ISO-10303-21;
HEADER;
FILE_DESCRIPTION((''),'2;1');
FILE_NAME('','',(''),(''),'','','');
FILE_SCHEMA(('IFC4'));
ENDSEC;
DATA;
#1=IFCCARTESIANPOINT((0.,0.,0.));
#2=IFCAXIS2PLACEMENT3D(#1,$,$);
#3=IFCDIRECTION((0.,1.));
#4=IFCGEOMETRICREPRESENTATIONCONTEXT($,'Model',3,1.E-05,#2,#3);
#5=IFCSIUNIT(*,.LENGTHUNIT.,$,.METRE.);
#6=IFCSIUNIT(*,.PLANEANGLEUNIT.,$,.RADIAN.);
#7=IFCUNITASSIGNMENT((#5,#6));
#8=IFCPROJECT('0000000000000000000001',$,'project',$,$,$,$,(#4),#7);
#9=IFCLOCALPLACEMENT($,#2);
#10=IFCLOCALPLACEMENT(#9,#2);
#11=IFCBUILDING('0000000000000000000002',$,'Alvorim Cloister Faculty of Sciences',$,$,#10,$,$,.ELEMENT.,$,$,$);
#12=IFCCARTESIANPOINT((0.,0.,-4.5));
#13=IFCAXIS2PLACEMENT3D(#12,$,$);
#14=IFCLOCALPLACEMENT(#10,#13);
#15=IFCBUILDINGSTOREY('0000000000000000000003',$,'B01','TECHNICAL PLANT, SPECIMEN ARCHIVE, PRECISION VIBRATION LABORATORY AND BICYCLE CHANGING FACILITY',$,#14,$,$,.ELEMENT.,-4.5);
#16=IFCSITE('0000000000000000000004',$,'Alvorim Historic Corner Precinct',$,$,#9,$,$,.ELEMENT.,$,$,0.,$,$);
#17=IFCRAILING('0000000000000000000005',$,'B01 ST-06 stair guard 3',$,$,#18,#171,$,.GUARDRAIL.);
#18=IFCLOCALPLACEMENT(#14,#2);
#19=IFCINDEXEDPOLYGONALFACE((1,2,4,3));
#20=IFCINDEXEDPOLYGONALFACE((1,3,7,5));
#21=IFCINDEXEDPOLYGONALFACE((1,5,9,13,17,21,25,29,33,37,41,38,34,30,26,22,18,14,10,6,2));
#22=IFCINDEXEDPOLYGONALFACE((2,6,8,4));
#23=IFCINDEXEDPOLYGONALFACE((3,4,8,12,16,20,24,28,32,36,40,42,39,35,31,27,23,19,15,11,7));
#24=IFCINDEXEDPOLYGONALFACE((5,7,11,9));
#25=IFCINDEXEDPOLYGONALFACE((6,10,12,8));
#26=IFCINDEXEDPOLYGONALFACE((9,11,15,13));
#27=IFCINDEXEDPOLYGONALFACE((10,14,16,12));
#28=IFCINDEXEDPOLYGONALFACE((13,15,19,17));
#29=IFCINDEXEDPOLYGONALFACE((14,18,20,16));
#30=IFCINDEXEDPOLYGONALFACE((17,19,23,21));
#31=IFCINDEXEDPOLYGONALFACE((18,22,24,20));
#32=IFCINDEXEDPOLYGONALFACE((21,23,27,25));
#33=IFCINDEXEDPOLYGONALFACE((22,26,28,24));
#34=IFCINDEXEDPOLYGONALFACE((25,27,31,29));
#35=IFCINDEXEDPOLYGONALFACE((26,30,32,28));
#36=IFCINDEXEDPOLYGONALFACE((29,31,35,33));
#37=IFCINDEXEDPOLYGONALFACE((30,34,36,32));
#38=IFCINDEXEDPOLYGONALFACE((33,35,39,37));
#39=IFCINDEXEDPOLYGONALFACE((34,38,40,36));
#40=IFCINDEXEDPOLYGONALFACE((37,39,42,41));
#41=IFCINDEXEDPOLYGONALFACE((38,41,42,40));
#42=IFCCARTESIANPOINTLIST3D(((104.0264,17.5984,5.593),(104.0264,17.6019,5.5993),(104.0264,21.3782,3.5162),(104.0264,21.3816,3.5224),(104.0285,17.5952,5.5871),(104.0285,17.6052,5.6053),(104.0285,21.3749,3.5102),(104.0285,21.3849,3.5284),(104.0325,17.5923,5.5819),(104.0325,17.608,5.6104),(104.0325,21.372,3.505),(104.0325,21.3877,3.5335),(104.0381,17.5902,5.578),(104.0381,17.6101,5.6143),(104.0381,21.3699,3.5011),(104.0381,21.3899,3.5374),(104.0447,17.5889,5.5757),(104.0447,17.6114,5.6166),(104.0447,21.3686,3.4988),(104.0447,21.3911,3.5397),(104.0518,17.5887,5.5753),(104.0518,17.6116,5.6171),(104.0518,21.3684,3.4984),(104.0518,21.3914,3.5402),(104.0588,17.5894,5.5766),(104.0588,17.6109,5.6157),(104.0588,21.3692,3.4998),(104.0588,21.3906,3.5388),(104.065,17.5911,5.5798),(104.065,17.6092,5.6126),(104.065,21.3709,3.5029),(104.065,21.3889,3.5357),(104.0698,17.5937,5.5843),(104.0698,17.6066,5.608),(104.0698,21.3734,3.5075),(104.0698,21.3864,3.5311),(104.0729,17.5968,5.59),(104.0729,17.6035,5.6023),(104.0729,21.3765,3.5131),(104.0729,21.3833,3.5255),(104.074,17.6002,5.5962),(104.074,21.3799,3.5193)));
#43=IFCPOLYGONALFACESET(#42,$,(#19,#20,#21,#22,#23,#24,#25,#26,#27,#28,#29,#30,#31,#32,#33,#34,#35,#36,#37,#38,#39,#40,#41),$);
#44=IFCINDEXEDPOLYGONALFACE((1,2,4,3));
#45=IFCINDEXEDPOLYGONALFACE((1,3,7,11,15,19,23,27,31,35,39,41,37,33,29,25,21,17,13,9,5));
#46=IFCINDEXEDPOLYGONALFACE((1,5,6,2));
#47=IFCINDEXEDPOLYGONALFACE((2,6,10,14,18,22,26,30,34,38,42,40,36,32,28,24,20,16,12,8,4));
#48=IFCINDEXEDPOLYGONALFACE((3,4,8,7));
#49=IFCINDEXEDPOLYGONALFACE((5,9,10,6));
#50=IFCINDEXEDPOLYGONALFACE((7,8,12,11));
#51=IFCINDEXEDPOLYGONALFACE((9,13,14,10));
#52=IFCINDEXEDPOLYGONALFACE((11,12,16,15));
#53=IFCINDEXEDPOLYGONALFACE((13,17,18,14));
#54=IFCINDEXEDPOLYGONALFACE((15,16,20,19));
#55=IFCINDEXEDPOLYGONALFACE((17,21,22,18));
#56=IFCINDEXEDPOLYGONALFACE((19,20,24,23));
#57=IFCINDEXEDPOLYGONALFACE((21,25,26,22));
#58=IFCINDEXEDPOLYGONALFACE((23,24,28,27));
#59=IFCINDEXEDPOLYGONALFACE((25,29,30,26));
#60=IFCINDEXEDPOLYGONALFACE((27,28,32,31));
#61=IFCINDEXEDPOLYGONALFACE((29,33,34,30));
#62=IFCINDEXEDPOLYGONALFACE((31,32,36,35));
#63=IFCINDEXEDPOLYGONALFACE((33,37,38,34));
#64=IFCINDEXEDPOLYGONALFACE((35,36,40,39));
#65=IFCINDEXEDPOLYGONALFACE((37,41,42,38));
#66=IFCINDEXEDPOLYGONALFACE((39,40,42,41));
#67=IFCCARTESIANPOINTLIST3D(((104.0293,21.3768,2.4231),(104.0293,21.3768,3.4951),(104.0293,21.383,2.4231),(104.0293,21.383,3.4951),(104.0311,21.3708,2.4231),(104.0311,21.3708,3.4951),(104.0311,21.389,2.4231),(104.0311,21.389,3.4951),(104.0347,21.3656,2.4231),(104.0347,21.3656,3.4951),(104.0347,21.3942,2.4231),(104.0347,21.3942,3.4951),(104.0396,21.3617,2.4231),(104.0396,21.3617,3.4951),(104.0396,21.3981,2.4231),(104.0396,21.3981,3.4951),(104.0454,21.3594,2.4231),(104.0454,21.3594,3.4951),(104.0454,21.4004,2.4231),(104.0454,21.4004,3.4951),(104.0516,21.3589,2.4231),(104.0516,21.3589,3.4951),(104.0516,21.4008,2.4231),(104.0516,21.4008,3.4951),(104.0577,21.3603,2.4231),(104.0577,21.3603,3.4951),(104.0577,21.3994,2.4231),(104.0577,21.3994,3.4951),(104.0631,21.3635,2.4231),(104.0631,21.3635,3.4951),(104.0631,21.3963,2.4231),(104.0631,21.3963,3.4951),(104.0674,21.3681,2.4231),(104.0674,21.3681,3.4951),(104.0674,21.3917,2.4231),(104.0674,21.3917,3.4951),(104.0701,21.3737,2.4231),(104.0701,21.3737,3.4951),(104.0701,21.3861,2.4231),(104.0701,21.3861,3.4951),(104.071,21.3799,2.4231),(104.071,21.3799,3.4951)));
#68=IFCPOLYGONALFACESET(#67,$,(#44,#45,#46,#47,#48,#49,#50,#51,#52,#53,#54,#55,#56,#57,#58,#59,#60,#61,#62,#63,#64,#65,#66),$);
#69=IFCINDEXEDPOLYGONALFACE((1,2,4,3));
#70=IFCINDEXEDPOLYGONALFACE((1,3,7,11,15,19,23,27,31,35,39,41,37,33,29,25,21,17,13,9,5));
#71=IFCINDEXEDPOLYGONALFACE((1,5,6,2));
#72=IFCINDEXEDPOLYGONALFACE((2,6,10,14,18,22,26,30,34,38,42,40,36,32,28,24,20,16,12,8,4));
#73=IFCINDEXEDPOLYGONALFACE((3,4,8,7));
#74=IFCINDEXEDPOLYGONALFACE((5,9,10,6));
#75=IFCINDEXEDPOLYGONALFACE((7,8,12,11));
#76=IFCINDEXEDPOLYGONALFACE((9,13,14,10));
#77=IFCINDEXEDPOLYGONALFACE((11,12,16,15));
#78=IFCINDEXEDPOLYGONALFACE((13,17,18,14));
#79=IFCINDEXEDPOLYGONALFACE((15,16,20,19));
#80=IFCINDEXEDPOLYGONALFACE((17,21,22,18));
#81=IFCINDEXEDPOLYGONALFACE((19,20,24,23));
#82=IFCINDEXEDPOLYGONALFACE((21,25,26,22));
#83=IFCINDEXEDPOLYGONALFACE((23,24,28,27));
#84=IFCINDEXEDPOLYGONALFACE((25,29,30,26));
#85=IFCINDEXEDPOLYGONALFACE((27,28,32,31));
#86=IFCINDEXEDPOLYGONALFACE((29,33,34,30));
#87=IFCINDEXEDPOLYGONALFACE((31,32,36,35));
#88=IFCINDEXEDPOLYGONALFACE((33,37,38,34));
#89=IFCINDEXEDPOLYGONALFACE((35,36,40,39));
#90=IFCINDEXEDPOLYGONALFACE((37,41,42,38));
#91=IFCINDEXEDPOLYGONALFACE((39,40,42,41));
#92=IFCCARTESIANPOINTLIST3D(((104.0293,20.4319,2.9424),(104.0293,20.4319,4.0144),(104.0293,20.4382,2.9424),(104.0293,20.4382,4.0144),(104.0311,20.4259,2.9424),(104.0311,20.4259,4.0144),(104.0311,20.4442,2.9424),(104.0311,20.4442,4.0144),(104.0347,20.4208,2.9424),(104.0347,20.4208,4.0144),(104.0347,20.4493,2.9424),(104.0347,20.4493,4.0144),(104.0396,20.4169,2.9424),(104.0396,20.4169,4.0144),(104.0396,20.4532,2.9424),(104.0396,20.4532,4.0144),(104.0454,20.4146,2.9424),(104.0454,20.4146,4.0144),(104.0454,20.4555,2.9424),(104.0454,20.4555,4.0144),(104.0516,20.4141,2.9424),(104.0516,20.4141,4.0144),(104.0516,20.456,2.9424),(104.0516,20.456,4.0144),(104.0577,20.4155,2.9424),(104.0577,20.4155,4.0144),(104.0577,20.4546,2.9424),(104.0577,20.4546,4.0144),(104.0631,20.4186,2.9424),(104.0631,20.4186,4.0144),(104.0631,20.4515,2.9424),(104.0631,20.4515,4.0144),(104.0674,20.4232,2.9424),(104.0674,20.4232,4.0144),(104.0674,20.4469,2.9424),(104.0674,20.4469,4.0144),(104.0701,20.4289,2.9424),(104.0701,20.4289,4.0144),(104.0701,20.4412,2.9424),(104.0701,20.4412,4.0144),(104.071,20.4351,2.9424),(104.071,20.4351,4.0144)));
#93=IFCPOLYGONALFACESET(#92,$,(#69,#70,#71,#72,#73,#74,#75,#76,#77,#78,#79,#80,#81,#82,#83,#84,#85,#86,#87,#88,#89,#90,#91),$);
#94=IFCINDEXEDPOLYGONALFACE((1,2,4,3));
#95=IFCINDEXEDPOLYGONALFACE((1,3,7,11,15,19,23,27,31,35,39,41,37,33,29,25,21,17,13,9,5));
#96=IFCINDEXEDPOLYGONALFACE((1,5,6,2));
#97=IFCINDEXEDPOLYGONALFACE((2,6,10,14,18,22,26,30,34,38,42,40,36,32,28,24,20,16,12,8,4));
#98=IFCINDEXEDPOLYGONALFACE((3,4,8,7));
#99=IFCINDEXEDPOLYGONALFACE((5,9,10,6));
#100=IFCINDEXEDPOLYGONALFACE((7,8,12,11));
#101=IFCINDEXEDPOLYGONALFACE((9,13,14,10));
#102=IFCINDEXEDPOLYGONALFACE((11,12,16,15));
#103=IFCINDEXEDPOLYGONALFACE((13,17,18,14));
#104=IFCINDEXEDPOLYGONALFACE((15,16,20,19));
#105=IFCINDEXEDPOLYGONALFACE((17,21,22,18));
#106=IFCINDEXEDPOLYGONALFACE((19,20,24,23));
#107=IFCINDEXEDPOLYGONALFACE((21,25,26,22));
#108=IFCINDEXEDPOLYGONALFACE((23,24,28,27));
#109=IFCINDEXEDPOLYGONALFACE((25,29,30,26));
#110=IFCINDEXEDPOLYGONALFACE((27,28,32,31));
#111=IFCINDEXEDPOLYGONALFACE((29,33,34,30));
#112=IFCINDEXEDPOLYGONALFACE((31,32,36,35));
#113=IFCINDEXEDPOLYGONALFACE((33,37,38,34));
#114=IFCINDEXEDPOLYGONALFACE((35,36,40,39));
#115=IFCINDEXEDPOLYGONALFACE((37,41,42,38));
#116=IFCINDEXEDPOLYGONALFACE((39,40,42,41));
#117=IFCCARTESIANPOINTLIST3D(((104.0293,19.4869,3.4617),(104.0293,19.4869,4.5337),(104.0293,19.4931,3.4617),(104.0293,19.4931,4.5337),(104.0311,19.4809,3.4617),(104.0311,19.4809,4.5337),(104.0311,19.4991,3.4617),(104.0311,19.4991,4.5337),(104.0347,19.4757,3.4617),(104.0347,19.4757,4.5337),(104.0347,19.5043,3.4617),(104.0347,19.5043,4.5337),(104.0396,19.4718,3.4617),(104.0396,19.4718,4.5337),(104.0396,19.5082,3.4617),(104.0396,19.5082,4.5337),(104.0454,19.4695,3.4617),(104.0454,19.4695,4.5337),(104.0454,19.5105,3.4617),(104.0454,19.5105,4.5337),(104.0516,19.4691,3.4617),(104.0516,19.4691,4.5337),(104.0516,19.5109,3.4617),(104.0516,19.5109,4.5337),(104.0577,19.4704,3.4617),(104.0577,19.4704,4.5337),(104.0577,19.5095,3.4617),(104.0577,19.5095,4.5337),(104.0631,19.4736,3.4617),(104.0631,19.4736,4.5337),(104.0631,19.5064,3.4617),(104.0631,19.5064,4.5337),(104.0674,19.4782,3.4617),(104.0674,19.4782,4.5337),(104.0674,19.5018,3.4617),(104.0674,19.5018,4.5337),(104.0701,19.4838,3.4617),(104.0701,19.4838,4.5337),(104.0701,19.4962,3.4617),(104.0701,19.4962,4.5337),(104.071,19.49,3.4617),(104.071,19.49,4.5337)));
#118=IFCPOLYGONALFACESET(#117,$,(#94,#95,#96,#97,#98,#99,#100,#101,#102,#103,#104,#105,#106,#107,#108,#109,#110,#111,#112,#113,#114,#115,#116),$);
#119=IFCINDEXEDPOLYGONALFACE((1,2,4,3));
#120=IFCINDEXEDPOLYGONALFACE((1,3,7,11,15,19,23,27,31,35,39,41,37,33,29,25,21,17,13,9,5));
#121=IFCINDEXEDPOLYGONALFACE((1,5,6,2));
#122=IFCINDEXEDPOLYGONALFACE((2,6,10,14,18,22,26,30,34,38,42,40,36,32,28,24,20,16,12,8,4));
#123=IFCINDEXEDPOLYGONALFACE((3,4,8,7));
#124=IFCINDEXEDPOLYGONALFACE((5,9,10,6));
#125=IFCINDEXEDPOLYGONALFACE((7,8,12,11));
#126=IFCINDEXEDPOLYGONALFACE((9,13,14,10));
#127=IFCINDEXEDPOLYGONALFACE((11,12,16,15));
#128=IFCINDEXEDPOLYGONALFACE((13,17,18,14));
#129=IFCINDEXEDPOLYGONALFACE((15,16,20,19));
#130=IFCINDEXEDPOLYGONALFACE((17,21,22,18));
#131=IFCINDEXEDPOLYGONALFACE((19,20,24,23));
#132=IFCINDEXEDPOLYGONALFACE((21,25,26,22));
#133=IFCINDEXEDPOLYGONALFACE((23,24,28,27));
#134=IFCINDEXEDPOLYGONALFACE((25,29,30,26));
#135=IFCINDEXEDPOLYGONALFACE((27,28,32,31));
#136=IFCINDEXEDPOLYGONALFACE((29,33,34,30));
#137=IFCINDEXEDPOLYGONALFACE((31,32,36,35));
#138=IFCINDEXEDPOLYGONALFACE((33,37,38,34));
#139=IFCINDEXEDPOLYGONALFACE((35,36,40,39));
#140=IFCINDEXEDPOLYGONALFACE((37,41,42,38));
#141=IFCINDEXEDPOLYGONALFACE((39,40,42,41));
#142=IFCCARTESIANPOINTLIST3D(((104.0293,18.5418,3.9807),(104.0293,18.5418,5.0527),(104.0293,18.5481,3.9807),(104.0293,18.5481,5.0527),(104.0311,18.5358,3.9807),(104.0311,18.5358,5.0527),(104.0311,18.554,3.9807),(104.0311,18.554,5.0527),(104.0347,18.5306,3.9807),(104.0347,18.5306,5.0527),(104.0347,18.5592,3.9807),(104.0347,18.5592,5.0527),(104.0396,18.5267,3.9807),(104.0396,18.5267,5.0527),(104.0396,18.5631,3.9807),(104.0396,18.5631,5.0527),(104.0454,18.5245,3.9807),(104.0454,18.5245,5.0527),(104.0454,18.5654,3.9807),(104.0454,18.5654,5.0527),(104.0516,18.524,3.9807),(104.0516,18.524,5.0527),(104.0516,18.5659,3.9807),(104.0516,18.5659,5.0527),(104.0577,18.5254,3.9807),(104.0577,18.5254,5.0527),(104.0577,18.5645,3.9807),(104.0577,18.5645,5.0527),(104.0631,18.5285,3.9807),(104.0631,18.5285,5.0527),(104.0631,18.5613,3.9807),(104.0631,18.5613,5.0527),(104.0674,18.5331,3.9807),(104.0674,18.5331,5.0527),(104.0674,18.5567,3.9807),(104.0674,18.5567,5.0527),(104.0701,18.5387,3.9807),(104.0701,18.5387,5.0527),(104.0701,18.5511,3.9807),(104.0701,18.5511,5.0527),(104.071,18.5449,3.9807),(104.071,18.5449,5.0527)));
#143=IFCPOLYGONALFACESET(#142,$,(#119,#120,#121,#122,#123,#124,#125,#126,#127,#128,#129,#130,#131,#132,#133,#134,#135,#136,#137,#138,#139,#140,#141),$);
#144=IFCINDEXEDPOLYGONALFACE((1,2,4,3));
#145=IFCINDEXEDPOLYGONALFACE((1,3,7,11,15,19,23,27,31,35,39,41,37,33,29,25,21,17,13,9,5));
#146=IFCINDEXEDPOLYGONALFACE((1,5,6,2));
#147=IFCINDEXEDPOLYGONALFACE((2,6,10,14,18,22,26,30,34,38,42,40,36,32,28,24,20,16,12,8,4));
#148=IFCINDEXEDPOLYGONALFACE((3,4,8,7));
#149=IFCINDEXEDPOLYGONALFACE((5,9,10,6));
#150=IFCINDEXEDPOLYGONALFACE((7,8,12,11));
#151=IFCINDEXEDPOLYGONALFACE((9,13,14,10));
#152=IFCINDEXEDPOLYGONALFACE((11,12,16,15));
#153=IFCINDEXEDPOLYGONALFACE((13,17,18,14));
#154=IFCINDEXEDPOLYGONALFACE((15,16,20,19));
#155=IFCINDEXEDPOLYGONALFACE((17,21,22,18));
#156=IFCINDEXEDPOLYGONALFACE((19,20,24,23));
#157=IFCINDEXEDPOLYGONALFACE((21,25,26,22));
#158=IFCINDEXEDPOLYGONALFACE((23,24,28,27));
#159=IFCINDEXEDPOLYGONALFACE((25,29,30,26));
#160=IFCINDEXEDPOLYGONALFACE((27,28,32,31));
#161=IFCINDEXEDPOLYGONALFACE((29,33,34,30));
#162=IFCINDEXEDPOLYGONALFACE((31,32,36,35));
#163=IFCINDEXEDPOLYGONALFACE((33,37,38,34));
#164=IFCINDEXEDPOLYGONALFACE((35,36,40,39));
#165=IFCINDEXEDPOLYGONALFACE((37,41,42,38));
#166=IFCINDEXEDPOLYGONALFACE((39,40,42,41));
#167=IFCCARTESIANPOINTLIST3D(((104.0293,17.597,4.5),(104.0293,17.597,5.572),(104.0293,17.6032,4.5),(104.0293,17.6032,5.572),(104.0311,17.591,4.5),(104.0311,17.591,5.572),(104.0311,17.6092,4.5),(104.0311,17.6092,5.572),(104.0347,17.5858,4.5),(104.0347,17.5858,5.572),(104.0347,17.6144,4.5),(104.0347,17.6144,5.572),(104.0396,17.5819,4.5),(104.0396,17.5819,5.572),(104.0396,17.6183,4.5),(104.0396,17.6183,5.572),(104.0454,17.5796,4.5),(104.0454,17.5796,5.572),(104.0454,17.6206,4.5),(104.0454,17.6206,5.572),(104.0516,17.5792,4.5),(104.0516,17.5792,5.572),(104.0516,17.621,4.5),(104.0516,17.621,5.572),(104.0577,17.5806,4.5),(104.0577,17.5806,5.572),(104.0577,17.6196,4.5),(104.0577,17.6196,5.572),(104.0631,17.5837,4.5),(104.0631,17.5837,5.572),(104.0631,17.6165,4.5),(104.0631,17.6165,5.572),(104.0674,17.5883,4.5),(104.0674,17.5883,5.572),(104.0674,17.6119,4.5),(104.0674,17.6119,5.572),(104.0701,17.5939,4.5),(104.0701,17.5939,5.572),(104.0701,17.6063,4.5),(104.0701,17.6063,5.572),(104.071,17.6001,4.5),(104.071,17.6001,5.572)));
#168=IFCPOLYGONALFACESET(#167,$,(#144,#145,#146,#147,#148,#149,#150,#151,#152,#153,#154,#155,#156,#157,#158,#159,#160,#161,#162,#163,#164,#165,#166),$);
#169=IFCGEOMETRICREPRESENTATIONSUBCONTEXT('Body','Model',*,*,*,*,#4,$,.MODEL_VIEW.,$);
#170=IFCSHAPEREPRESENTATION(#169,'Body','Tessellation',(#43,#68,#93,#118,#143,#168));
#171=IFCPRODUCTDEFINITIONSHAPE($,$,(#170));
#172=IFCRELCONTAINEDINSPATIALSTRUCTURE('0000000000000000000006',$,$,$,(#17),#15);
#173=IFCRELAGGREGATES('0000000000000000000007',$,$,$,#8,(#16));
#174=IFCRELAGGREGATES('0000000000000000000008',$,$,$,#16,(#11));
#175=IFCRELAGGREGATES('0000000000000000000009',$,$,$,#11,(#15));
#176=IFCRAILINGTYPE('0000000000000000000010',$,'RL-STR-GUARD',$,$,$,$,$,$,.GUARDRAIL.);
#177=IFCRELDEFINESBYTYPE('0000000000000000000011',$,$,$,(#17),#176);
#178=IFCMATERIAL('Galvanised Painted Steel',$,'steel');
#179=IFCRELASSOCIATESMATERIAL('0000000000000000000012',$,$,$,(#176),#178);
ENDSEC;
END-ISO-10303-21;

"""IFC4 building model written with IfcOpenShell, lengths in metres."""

from ifc_helpers import new_model, si_unit, direction, frame, origin, origin_2d, place, context, subcontext, project, spatial, circle, extrude, material, type_object, element, save


model = new_model("IFC4")

# Units and contexts
model_context = context("Model", 3, precision=1e-05, world=origin(), true_north=direction((0.0, 1.0)))
body_context = subcontext(model_context, "Body", "Model", "MODEL_VIEW")
ifc_project = project(units=[si_unit("LENGTHUNIT", "METRE"), si_unit("PLANEANGLEUNIT", "RADIAN")], contexts=[model_context])

# Site, building, storey
site_placement = place(None, origin())
site = spatial("IfcSite", under=ifc_project, at=site_placement, Name="Alvorim Historic Corner Precinct", CompositionType="ELEMENT", RefElevation=0.0)
building_placement = place(site_placement, origin())
building = spatial("IfcBuilding", under=site, at=building_placement, Name="Alvorim Cloister Faculty of Sciences", CompositionType="ELEMENT")
storey_placement = place(building_placement, frame((0.0, 0.0, -4.5)))
storey = spatial("IfcBuildingStorey", under=building, at=storey_placement, Name="B01", Description="TECHNICAL PLANT, SPECIMEN ARCHIVE, PRECISION VIBRATION LABORATORY AND BICYCLE CHANGING FACILITY", CompositionType="ELEMENT", Elevation=-4.5)

# Railing
ifc_material_1 = material(Name="Galvanised Painted Steel", Category="steel")
railing_type_1 = type_object("IfcRailingType", Name="RL-STR-GUARD", PredefinedType="GUARDRAIL", material=ifc_material_1)
railing_1_placement = place(storey_placement, frame((104.05, 21.3799, 2.4231)))
element("IfcRailing", 1, at=railing_1_placement, inside=storey, type_object=railing_type_1, Name="B01 ST-06 stair guard 3", PredefinedType="GUARDRAIL", context=body_context, shape_type="SweptSolid", body=[
    extrude(circle(Radius=0.0239, at=origin_2d()), frame((0.0, 0.0, 1.0962), z_axis=(0.0, -0.876409, 0.481567), x_axis=(1.0, 0.0, 0.0)), (0.0, 0.0, 1.0), 4.3127),
    extrude(circle(Radius=0.021, at=origin_2d()), origin(), (0.0, 0.0, 1.0), 1.072),
    extrude(circle(Radius=0.021, at=origin_2d()), frame((0.0, -0.9448, 0.5193)), (0.0, 0.0, 1.0), 1.072),
    extrude(circle(Radius=0.021, at=origin_2d()), frame((0.0, -1.8899, 1.0386)), (0.0, 0.0, 1.0), 1.072),
    extrude(circle(Radius=0.021, at=origin_2d()), frame((0.0, -2.835, 1.5576)), (0.0, 0.0, 1.0), 1.072),
    extrude(circle(Radius=0.021, at=origin_2d()), frame((0.0, -3.7798, 2.0769)), (0.0, 0.0, 1.0), 1.072),
])

save(model, "model.ifc")
